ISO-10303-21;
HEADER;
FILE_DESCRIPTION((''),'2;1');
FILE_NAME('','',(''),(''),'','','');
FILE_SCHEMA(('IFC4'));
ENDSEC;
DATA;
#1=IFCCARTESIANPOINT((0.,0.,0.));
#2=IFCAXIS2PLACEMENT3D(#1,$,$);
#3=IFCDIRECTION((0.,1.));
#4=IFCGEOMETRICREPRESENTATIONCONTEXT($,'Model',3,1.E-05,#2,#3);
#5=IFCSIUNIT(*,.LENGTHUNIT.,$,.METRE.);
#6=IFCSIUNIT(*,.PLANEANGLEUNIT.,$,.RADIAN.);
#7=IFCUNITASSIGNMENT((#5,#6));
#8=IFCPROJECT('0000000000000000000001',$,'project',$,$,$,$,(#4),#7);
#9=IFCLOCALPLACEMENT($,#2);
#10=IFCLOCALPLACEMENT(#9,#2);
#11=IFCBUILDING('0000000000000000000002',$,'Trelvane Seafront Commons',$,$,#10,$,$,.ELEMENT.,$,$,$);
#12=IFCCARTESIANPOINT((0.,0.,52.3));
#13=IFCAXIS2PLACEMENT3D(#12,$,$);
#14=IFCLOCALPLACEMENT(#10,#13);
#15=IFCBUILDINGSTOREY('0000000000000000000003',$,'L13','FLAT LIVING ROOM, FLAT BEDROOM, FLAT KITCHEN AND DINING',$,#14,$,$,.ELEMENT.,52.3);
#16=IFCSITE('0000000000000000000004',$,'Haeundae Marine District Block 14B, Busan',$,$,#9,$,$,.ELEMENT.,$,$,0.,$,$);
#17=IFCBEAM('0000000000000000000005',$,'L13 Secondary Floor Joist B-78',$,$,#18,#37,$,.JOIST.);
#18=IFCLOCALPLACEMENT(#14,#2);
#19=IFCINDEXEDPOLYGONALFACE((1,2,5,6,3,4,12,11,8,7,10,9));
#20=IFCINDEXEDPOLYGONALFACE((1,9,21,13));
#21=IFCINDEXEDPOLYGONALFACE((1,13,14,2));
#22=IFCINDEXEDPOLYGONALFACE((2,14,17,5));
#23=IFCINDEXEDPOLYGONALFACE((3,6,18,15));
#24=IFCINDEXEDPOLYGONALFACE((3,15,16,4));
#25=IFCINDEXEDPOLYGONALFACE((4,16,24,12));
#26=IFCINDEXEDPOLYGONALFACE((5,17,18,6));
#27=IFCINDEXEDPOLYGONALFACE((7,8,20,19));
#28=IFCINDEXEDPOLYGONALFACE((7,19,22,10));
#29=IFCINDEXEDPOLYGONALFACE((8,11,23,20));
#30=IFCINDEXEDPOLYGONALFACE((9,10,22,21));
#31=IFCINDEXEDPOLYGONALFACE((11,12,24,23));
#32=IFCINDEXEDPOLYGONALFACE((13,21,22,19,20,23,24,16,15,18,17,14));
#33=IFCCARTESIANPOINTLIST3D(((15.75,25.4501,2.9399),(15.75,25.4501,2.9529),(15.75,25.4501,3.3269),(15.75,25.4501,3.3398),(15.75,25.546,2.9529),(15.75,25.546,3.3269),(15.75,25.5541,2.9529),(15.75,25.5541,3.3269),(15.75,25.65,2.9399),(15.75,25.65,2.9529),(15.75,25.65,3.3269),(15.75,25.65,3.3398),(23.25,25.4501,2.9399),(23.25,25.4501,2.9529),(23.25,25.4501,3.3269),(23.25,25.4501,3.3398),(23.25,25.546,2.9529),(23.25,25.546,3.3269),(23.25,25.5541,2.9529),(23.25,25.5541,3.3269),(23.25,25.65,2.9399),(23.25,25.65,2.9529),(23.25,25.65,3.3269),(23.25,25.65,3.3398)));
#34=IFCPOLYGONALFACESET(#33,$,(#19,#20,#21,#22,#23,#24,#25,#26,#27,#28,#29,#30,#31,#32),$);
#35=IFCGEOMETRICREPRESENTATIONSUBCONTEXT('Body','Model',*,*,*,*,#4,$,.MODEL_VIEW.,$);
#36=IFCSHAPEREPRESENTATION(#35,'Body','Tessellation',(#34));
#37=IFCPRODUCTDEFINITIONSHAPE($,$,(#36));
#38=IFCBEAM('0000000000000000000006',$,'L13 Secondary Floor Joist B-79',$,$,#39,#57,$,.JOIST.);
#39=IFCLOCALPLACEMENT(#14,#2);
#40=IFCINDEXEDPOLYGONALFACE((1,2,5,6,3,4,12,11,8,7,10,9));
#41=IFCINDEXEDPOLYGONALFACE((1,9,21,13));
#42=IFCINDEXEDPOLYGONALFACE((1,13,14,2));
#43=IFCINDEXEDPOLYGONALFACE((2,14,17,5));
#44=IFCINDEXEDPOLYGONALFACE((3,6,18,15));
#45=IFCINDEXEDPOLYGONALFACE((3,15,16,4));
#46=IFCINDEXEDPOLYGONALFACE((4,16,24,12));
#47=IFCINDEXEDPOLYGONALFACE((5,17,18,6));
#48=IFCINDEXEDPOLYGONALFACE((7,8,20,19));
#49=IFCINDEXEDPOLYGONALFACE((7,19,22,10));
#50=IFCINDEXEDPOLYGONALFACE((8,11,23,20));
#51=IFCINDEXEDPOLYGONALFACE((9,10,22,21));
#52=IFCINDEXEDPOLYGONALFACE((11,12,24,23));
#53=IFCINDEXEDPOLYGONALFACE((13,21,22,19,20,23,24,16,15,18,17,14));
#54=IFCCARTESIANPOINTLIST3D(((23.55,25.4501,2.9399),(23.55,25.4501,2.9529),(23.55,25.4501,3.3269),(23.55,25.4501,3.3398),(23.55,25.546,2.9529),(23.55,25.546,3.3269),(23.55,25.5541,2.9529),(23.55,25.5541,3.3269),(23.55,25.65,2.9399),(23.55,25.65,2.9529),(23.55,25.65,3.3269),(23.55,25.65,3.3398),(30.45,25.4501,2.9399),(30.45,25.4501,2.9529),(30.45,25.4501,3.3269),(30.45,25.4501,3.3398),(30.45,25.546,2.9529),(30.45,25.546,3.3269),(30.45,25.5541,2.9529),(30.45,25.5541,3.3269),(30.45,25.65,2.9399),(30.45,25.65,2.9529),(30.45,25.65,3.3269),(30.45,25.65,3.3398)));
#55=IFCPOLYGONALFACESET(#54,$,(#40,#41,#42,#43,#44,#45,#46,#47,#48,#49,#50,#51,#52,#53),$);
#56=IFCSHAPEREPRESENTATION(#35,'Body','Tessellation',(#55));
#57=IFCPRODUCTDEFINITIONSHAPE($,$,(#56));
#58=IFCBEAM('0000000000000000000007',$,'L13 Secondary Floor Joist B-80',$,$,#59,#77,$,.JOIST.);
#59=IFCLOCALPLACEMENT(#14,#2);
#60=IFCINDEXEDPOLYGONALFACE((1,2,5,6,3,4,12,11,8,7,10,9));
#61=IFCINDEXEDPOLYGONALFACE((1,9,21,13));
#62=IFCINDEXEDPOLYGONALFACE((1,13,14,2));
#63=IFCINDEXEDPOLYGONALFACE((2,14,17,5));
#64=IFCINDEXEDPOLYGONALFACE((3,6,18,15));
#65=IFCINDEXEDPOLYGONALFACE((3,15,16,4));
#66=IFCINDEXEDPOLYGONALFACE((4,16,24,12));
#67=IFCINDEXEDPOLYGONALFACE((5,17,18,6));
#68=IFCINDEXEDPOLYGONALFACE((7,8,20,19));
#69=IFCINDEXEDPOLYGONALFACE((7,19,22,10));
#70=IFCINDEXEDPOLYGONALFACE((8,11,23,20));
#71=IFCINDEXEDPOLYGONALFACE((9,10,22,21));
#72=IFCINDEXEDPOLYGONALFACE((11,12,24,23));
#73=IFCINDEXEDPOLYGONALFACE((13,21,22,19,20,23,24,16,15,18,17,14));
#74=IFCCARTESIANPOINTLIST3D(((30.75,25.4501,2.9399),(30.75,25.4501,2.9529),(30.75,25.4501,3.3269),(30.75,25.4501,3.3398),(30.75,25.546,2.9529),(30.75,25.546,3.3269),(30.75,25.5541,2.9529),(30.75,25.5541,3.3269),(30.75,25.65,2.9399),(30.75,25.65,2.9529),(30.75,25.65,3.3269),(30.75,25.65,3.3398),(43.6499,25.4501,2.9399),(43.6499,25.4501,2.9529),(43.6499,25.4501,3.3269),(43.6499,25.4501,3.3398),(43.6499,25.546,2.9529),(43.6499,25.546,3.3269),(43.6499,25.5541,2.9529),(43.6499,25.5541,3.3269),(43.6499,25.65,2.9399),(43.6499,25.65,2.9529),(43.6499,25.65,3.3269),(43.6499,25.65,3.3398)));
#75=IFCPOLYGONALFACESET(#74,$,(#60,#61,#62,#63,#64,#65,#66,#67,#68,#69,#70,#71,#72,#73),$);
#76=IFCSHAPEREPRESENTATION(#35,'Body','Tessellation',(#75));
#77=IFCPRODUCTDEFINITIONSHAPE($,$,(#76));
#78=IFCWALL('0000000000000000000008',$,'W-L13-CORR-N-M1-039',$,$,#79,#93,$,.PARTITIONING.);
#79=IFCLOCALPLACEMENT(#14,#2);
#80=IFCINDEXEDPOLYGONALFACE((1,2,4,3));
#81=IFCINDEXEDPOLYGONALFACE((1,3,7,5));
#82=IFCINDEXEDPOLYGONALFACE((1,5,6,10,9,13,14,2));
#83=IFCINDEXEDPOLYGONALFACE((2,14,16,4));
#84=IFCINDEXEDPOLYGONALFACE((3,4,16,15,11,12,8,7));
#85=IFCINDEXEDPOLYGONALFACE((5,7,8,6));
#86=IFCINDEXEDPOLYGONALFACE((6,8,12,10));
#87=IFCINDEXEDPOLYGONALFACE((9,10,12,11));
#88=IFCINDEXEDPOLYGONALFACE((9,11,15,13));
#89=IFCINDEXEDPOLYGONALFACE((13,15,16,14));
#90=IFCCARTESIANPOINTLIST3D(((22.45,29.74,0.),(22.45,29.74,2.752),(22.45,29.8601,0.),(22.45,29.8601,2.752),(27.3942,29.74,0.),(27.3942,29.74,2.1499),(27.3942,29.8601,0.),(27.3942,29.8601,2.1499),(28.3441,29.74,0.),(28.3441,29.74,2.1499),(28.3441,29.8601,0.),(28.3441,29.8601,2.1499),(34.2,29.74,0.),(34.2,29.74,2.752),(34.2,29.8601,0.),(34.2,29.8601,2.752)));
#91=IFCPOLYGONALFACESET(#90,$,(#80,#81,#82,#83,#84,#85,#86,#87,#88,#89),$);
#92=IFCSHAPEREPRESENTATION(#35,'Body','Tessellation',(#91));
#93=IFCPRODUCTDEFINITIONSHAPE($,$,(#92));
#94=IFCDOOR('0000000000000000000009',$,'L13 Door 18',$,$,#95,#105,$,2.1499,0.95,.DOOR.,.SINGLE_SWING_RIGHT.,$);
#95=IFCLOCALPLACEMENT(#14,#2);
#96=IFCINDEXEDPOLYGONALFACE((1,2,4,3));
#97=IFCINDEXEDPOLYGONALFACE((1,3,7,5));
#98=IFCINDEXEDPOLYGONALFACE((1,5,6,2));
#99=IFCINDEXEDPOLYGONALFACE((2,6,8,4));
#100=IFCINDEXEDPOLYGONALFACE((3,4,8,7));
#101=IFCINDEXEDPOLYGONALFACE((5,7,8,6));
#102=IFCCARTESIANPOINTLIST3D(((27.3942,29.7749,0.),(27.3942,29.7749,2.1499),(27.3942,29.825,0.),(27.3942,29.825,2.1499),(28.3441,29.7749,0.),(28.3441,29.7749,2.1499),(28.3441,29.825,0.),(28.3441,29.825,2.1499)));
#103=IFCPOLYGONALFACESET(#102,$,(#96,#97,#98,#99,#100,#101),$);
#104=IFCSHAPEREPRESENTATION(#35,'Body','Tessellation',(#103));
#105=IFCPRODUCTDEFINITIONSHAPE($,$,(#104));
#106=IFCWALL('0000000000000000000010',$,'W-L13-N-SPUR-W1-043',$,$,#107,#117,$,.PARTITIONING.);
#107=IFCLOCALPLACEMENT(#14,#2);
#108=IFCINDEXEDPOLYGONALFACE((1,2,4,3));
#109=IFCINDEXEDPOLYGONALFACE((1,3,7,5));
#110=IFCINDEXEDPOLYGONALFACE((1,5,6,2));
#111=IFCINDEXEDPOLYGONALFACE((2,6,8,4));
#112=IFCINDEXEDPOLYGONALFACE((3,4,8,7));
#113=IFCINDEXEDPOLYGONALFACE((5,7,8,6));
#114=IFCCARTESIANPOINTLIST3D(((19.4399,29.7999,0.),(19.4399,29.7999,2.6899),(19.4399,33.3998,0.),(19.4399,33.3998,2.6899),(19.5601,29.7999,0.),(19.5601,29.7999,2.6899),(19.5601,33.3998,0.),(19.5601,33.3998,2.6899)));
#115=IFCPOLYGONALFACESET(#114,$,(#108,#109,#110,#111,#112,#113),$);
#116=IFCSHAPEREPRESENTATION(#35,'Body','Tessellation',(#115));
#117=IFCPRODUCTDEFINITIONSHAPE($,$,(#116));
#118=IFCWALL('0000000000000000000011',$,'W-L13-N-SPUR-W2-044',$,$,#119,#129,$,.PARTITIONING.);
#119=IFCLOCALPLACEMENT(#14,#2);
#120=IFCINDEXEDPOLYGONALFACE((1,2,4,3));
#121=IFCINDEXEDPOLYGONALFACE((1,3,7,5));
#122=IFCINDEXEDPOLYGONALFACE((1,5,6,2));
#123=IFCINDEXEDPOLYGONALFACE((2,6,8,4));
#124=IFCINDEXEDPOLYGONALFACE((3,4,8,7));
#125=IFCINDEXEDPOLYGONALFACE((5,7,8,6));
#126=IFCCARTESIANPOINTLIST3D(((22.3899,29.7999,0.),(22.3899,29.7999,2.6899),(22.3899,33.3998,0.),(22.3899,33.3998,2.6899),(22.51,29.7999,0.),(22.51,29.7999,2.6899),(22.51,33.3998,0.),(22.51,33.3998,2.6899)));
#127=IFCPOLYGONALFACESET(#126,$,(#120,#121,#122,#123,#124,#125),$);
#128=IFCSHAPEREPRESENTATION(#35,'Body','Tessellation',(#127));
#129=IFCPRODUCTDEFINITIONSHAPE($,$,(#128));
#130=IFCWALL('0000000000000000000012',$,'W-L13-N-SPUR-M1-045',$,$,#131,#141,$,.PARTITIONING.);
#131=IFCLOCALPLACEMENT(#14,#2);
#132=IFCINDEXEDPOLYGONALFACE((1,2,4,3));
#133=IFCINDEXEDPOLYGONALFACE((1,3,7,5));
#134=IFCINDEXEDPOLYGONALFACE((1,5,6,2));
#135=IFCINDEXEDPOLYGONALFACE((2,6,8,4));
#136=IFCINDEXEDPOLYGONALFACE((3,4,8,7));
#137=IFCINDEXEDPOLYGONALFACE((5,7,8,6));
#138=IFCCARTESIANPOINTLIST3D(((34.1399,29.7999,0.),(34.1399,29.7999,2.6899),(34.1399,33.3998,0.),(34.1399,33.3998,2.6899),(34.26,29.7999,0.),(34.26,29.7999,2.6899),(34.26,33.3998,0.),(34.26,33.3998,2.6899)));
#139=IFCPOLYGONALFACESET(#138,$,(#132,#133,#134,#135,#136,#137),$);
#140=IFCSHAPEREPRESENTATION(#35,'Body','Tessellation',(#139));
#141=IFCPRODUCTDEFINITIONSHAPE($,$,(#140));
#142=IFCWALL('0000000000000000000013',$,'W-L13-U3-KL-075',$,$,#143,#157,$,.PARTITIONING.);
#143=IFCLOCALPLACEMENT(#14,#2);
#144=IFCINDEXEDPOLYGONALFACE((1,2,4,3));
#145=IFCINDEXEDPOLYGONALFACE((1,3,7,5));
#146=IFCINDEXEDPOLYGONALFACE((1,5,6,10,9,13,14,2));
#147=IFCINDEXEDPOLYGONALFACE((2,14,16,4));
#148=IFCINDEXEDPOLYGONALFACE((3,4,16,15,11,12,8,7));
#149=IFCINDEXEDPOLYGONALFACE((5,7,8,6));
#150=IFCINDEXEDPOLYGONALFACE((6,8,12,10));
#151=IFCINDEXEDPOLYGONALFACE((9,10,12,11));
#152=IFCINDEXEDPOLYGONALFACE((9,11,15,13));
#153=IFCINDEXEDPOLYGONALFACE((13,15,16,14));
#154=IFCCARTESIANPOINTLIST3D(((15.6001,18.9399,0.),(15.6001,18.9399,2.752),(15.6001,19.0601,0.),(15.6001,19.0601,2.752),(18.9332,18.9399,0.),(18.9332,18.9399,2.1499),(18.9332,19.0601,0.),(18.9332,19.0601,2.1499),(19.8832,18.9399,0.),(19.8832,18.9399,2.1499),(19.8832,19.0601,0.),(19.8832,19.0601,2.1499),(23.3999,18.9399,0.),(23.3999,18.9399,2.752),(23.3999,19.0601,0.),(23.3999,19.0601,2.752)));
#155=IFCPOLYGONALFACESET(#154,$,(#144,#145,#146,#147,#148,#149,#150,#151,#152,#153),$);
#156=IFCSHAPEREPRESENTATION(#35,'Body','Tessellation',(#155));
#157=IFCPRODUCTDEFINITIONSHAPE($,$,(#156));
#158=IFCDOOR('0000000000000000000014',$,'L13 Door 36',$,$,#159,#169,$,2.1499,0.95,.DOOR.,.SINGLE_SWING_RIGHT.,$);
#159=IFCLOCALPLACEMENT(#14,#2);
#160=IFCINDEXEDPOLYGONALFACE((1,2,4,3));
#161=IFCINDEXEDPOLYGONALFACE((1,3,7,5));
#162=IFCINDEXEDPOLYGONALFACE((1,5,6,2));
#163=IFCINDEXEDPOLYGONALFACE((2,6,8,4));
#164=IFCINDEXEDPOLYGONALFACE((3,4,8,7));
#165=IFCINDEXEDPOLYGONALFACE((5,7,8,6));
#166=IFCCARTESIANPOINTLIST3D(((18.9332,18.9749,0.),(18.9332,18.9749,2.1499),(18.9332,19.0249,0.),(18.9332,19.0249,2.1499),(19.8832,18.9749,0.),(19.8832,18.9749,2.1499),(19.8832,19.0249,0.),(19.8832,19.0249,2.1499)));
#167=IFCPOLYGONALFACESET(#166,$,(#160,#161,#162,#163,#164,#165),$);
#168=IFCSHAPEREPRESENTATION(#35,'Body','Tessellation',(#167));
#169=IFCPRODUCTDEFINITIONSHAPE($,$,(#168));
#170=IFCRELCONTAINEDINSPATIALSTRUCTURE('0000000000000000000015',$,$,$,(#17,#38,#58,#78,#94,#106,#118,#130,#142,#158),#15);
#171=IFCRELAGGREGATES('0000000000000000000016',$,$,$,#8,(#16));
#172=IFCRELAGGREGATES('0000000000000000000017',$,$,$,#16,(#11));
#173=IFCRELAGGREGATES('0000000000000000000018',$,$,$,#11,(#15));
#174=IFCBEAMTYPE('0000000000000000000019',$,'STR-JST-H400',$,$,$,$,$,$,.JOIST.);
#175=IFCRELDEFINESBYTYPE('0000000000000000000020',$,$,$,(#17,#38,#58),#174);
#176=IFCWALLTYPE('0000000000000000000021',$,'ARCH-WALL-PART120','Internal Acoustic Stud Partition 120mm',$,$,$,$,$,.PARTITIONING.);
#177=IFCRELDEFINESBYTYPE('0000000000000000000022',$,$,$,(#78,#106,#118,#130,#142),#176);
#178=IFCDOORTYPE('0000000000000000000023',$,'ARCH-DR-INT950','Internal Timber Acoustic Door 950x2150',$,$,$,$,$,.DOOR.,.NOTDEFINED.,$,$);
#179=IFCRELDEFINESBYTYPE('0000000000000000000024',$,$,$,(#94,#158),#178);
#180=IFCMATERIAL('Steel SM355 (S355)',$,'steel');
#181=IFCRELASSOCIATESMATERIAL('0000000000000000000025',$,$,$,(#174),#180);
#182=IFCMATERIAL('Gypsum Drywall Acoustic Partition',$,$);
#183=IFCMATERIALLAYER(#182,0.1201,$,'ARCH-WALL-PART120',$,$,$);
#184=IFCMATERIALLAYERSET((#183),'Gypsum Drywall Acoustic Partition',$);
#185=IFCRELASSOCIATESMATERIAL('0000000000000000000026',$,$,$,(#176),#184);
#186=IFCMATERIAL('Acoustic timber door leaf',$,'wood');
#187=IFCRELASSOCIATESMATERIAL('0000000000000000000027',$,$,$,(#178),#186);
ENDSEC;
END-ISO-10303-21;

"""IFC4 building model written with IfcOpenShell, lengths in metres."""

from ifc_helpers import new_model, si_unit, direction, frame, frame_2d, origin, origin_2d, place, context, subcontext, project, spatial, rectangle, i_section, extrude, source, transform, mapped, material, layer, layer_set, material_profile, profile_set, type_object, element, fill, save


model = new_model("IFC4")

# Units and contexts
model_context = context("Model", 3, precision=1e-05, world=origin(), true_north=direction((0.0, 1.0)))
body_context = subcontext(model_context, "Body", "Model", "MODEL_VIEW")
ifc_project = project(units=[si_unit("LENGTHUNIT", "METRE"), si_unit("PLANEANGLEUNIT", "RADIAN")], contexts=[model_context])

# Site, building, storey
site_placement = place(None, origin())
site = spatial("IfcSite", under=ifc_project, at=site_placement, Name="Haeundae Marine District Block 14B, Busan", CompositionType="ELEMENT", RefElevation=0.0)
building_placement = place(site_placement, origin())
building = spatial("IfcBuilding", under=site, at=building_placement, Name="Trelvane Seafront Commons", CompositionType="ELEMENT")
storey_placement = place(building_placement, frame((0.0, 0.0, 52.3)))
storey = spatial("IfcBuildingStorey", under=building, at=storey_placement, Name="L13", Description="FLAT LIVING ROOM, FLAT BEDROOM, FLAT KITCHEN AND DINING", CompositionType="ELEMENT", Elevation=52.3)

# Beams
ifc_material_1 = material(Name="Steel SM355 (S355)", Category="steel")
ifc_material_profile_1 = material_profile(ifc_material_1, i_section(OverallWidth=0.2, OverallDepth=0.3999, WebThickness=0.0081, FlangeThickness=0.0129, at=origin_2d()), Name="H-400x200x8x13")
ifc_profile_set_1 = profile_set([ifc_material_profile_1], Name="Steel SM355 (S355)")
beam_type_1 = type_object("IfcBeamType", Name="STR-JST-H400", PredefinedType="JOIST", material=ifc_profile_set_1)
shared_shape_1 = source(origin(), body_context, "Body", "SweptSolid", [
    extrude(i_section(OverallWidth=0.2, OverallDepth=0.3999, WebThickness=0.0081, FlangeThickness=0.0129, at=origin_2d()), origin(), (0.0, 0.0, 1.0), 7.5),
])
beam_1_placement = place(storey_placement, frame((15.75, 25.55, 3.1399), z_axis=(1.0, 0.0, 0.0), x_axis=(0.0, 1.0, 0.0)))
element("IfcBeam", 1, at=beam_1_placement, inside=storey, type_object=beam_type_1, Name="L13 Secondary Floor Joist B-78", PredefinedType="JOIST", context=body_context, shape_type="MappedRepresentation", body=[
    mapped(shared_shape_1, transform((0.0, 0.0, 0.0), x_axis=(1.0, 0.0, 0.0), y_axis=(0.0, 1.0, 0.0), z_axis=(0.0, 0.0, 1.0), scale=1.0)),
])
shared_shape_2 = source(origin(), body_context, "Body", "SweptSolid", [
    extrude(i_section(OverallWidth=0.2, OverallDepth=0.3999, WebThickness=0.0081, FlangeThickness=0.0129, at=origin_2d()), origin(), (0.0, 0.0, 1.0), 6.8999),
])
beam_2_placement = place(storey_placement, frame((23.55, 25.55, 3.1399), z_axis=(1.0, 0.0, 0.0), x_axis=(0.0, 1.0, 0.0)))
element("IfcBeam", 2, at=beam_2_placement, inside=storey, type_object=beam_type_1, Name="L13 Secondary Floor Joist B-79", PredefinedType="JOIST", context=body_context, shape_type="MappedRepresentation", body=[
    mapped(shared_shape_2, transform((0.0, 0.0, 0.0), x_axis=(1.0, 0.0, 0.0), y_axis=(0.0, 1.0, 0.0), z_axis=(0.0, 0.0, 1.0), scale=1.0)),
])
shared_shape_3 = source(origin(), body_context, "Body", "SweptSolid", [
    extrude(i_section(OverallWidth=0.2, OverallDepth=0.3999, WebThickness=0.0081, FlangeThickness=0.0129, at=origin_2d()), origin(), (0.0, 0.0, 1.0), 12.8999),
])
beam_3_placement = place(storey_placement, frame((30.75, 25.55, 3.1399), z_axis=(1.0, 0.0, 0.0), x_axis=(0.0, 1.0, 0.0)))
element("IfcBeam", 3, at=beam_3_placement, inside=storey, type_object=beam_type_1, Name="L13 Secondary Floor Joist B-80", PredefinedType="JOIST", context=body_context, shape_type="MappedRepresentation", body=[
    mapped(shared_shape_3, transform((0.0, 0.0, 0.0), x_axis=(1.0, 0.0, 0.0), y_axis=(0.0, 1.0, 0.0), z_axis=(0.0, 0.0, 1.0), scale=1.0)),
])

# Wall, opening, door
ifc_material_2 = material(Name="Gypsum Drywall Acoustic Partition")
ifc_layer_1 = layer(ifc_material_2, 0.1201, Name="ARCH-WALL-PART120")
ifc_layer_set_1 = layer_set([ifc_layer_1], Name="Gypsum Drywall Acoustic Partition")
wall_type_1 = type_object("IfcWallType", Name="ARCH-WALL-PART120", Description="Internal Acoustic Stud Partition 120mm", PredefinedType="PARTITIONING", material=ifc_layer_set_1)
wall_1_placement = place(storey_placement, frame((22.45, 29.8, 0.0), z_axis=(0.0, 0.0, 1.0), x_axis=(1.0, 0.0, 0.0)))
wall_1 = element("IfcWall", 4, at=wall_1_placement, inside=storey, type_object=wall_type_1, Name="W-L13-CORR-N-M1-039", PredefinedType="PARTITIONING", context=body_context, shape_type="SweptSolid", body=[
    extrude(rectangle(XDim=11.75, YDim=0.1201, at=frame_2d((5.875, 0.0))), origin(), (0.0, 0.0, 1.0), 2.752),
])
opening_1_placement = place(wall_1_placement, frame((4.9441, 0.0, 0.0)))
opening_1 = element("IfcOpeningElement", 5, at=opening_1_placement, cuts=wall_1, PredefinedType="OPENING", context=body_context, shape_type="SweptSolid", body=[
    extrude(rectangle(XDim=0.95, YDim=2.1499, at=frame_2d((0.4751, 1.075))), frame((0.0, 0.0701, 0.0), z_axis=(0.0, -1.0, 0.0), x_axis=(1.0, 0.0, 0.0)), (0.0, 0.0, 1.0), 0.1401),
])
ifc_material_3 = material(Name="Acoustic timber door leaf", Category="wood")
door_type_1 = type_object("IfcDoorType", Name="ARCH-DR-INT950", Description="Internal Timber Acoustic Door 950x2150", OperationType="NOTDEFINED", PredefinedType="DOOR", material=ifc_material_3)
shared_shape_4 = source(origin(), body_context, "Body", "SweptSolid", [
    extrude(rectangle(XDim=0.95, YDim=2.1499, at=frame_2d((0.4751, 1.075))), frame((0.0, 0.0249, 0.0), z_axis=(0.0, -1.0, 0.0), x_axis=(1.0, 0.0, 0.0)), (0.0, 0.0, 1.0), 0.05),
])
door_1_placement = place(opening_1_placement, origin())
door_1 = element("IfcDoor", 6, at=door_1_placement, inside=storey, type_object=door_type_1, Name="L13 Door 18", OperationType="SINGLE_SWING_RIGHT", OverallHeight=2.1499, OverallWidth=0.95, PredefinedType="DOOR", context=body_context, shape_type="MappedRepresentation", body=[
    mapped(shared_shape_4, transform((0.0, 0.0, 0.0), x_axis=(1.0, 0.0, 0.0), y_axis=(0.0, 1.0, 0.0), z_axis=(0.0, 0.0, 1.0), scale=1.0)),
])
fill(opening_1, door_1)

# Walls
for number, where, z_axis, x_axis, name in (
    (7, (19.5, 29.8, 0.0), (0.0, 0.0, 1.0), (0.0, 1.0, 0.0), "W-L13-N-SPUR-W1-043"),
    (8, (22.45, 29.8, 0.0), (0.0, 0.0, 1.0), (0.0, 1.0, 0.0), "W-L13-N-SPUR-W2-044"),
    (9, (34.2, 29.8, 0.0), (0.0, 0.0, 1.0), (0.0, 1.0, 0.0), "W-L13-N-SPUR-M1-045"),
):
    element("IfcWall", number, at=place(storey_placement, frame(where, z_axis=z_axis, x_axis=x_axis)), inside=storey, type_object=wall_type_1, Name=name, PredefinedType="PARTITIONING", context=body_context, shape_type="SweptSolid", body=[
        extrude(rectangle(XDim=3.5999, YDim=0.1201, at=frame_2d((1.7998, 0.0))), origin(), (0.0, 0.0, 1.0), 2.6899),
    ])

# Wall, opening, door
wall_2_placement = place(storey_placement, frame((15.6001, 19.0, 0.0), z_axis=(0.0, 0.0, 1.0), x_axis=(1.0, 0.0, 0.0)))
wall_2 = element("IfcWall", 10, at=wall_2_placement, inside=storey, type_object=wall_type_1, Name="W-L13-U3-KL-075", PredefinedType="PARTITIONING", context=body_context, shape_type="SweptSolid", body=[
    extrude(rectangle(XDim=7.7998, YDim=0.1201, at=frame_2d((3.8999, 0.0))), origin(), (0.0, 0.0, 1.0), 2.752),
])
opening_2_placement = place(wall_2_placement, frame((3.333, 0.0, 0.0)))
opening_2 = element("IfcOpeningElement", 11, at=opening_2_placement, cuts=wall_2, PredefinedType="OPENING", context=body_context, shape_type="SweptSolid", body=[
    extrude(rectangle(XDim=0.95, YDim=2.1499, at=frame_2d((0.4751, 1.075))), frame((0.0, 0.0701, 0.0), z_axis=(0.0, -1.0, 0.0), x_axis=(1.0, 0.0, 0.0)), (0.0, 0.0, 1.0), 0.1401),
])
door_2_placement = place(opening_2_placement, origin())
door_2 = element("IfcDoor", 12, at=door_2_placement, inside=storey, type_object=door_type_1, Name="L13 Door 36", OperationType="SINGLE_SWING_RIGHT", OverallHeight=2.1499, OverallWidth=0.95, PredefinedType="DOOR", context=body_context, shape_type="MappedRepresentation", body=[
    mapped(shared_shape_4, transform((0.0, 0.0, 0.0), x_axis=(1.0, 0.0, 0.0), y_axis=(0.0, 1.0, 0.0), z_axis=(0.0, 0.0, 1.0), scale=1.0)),
])
fill(opening_2, door_2)

save(model, "model.ifc")
